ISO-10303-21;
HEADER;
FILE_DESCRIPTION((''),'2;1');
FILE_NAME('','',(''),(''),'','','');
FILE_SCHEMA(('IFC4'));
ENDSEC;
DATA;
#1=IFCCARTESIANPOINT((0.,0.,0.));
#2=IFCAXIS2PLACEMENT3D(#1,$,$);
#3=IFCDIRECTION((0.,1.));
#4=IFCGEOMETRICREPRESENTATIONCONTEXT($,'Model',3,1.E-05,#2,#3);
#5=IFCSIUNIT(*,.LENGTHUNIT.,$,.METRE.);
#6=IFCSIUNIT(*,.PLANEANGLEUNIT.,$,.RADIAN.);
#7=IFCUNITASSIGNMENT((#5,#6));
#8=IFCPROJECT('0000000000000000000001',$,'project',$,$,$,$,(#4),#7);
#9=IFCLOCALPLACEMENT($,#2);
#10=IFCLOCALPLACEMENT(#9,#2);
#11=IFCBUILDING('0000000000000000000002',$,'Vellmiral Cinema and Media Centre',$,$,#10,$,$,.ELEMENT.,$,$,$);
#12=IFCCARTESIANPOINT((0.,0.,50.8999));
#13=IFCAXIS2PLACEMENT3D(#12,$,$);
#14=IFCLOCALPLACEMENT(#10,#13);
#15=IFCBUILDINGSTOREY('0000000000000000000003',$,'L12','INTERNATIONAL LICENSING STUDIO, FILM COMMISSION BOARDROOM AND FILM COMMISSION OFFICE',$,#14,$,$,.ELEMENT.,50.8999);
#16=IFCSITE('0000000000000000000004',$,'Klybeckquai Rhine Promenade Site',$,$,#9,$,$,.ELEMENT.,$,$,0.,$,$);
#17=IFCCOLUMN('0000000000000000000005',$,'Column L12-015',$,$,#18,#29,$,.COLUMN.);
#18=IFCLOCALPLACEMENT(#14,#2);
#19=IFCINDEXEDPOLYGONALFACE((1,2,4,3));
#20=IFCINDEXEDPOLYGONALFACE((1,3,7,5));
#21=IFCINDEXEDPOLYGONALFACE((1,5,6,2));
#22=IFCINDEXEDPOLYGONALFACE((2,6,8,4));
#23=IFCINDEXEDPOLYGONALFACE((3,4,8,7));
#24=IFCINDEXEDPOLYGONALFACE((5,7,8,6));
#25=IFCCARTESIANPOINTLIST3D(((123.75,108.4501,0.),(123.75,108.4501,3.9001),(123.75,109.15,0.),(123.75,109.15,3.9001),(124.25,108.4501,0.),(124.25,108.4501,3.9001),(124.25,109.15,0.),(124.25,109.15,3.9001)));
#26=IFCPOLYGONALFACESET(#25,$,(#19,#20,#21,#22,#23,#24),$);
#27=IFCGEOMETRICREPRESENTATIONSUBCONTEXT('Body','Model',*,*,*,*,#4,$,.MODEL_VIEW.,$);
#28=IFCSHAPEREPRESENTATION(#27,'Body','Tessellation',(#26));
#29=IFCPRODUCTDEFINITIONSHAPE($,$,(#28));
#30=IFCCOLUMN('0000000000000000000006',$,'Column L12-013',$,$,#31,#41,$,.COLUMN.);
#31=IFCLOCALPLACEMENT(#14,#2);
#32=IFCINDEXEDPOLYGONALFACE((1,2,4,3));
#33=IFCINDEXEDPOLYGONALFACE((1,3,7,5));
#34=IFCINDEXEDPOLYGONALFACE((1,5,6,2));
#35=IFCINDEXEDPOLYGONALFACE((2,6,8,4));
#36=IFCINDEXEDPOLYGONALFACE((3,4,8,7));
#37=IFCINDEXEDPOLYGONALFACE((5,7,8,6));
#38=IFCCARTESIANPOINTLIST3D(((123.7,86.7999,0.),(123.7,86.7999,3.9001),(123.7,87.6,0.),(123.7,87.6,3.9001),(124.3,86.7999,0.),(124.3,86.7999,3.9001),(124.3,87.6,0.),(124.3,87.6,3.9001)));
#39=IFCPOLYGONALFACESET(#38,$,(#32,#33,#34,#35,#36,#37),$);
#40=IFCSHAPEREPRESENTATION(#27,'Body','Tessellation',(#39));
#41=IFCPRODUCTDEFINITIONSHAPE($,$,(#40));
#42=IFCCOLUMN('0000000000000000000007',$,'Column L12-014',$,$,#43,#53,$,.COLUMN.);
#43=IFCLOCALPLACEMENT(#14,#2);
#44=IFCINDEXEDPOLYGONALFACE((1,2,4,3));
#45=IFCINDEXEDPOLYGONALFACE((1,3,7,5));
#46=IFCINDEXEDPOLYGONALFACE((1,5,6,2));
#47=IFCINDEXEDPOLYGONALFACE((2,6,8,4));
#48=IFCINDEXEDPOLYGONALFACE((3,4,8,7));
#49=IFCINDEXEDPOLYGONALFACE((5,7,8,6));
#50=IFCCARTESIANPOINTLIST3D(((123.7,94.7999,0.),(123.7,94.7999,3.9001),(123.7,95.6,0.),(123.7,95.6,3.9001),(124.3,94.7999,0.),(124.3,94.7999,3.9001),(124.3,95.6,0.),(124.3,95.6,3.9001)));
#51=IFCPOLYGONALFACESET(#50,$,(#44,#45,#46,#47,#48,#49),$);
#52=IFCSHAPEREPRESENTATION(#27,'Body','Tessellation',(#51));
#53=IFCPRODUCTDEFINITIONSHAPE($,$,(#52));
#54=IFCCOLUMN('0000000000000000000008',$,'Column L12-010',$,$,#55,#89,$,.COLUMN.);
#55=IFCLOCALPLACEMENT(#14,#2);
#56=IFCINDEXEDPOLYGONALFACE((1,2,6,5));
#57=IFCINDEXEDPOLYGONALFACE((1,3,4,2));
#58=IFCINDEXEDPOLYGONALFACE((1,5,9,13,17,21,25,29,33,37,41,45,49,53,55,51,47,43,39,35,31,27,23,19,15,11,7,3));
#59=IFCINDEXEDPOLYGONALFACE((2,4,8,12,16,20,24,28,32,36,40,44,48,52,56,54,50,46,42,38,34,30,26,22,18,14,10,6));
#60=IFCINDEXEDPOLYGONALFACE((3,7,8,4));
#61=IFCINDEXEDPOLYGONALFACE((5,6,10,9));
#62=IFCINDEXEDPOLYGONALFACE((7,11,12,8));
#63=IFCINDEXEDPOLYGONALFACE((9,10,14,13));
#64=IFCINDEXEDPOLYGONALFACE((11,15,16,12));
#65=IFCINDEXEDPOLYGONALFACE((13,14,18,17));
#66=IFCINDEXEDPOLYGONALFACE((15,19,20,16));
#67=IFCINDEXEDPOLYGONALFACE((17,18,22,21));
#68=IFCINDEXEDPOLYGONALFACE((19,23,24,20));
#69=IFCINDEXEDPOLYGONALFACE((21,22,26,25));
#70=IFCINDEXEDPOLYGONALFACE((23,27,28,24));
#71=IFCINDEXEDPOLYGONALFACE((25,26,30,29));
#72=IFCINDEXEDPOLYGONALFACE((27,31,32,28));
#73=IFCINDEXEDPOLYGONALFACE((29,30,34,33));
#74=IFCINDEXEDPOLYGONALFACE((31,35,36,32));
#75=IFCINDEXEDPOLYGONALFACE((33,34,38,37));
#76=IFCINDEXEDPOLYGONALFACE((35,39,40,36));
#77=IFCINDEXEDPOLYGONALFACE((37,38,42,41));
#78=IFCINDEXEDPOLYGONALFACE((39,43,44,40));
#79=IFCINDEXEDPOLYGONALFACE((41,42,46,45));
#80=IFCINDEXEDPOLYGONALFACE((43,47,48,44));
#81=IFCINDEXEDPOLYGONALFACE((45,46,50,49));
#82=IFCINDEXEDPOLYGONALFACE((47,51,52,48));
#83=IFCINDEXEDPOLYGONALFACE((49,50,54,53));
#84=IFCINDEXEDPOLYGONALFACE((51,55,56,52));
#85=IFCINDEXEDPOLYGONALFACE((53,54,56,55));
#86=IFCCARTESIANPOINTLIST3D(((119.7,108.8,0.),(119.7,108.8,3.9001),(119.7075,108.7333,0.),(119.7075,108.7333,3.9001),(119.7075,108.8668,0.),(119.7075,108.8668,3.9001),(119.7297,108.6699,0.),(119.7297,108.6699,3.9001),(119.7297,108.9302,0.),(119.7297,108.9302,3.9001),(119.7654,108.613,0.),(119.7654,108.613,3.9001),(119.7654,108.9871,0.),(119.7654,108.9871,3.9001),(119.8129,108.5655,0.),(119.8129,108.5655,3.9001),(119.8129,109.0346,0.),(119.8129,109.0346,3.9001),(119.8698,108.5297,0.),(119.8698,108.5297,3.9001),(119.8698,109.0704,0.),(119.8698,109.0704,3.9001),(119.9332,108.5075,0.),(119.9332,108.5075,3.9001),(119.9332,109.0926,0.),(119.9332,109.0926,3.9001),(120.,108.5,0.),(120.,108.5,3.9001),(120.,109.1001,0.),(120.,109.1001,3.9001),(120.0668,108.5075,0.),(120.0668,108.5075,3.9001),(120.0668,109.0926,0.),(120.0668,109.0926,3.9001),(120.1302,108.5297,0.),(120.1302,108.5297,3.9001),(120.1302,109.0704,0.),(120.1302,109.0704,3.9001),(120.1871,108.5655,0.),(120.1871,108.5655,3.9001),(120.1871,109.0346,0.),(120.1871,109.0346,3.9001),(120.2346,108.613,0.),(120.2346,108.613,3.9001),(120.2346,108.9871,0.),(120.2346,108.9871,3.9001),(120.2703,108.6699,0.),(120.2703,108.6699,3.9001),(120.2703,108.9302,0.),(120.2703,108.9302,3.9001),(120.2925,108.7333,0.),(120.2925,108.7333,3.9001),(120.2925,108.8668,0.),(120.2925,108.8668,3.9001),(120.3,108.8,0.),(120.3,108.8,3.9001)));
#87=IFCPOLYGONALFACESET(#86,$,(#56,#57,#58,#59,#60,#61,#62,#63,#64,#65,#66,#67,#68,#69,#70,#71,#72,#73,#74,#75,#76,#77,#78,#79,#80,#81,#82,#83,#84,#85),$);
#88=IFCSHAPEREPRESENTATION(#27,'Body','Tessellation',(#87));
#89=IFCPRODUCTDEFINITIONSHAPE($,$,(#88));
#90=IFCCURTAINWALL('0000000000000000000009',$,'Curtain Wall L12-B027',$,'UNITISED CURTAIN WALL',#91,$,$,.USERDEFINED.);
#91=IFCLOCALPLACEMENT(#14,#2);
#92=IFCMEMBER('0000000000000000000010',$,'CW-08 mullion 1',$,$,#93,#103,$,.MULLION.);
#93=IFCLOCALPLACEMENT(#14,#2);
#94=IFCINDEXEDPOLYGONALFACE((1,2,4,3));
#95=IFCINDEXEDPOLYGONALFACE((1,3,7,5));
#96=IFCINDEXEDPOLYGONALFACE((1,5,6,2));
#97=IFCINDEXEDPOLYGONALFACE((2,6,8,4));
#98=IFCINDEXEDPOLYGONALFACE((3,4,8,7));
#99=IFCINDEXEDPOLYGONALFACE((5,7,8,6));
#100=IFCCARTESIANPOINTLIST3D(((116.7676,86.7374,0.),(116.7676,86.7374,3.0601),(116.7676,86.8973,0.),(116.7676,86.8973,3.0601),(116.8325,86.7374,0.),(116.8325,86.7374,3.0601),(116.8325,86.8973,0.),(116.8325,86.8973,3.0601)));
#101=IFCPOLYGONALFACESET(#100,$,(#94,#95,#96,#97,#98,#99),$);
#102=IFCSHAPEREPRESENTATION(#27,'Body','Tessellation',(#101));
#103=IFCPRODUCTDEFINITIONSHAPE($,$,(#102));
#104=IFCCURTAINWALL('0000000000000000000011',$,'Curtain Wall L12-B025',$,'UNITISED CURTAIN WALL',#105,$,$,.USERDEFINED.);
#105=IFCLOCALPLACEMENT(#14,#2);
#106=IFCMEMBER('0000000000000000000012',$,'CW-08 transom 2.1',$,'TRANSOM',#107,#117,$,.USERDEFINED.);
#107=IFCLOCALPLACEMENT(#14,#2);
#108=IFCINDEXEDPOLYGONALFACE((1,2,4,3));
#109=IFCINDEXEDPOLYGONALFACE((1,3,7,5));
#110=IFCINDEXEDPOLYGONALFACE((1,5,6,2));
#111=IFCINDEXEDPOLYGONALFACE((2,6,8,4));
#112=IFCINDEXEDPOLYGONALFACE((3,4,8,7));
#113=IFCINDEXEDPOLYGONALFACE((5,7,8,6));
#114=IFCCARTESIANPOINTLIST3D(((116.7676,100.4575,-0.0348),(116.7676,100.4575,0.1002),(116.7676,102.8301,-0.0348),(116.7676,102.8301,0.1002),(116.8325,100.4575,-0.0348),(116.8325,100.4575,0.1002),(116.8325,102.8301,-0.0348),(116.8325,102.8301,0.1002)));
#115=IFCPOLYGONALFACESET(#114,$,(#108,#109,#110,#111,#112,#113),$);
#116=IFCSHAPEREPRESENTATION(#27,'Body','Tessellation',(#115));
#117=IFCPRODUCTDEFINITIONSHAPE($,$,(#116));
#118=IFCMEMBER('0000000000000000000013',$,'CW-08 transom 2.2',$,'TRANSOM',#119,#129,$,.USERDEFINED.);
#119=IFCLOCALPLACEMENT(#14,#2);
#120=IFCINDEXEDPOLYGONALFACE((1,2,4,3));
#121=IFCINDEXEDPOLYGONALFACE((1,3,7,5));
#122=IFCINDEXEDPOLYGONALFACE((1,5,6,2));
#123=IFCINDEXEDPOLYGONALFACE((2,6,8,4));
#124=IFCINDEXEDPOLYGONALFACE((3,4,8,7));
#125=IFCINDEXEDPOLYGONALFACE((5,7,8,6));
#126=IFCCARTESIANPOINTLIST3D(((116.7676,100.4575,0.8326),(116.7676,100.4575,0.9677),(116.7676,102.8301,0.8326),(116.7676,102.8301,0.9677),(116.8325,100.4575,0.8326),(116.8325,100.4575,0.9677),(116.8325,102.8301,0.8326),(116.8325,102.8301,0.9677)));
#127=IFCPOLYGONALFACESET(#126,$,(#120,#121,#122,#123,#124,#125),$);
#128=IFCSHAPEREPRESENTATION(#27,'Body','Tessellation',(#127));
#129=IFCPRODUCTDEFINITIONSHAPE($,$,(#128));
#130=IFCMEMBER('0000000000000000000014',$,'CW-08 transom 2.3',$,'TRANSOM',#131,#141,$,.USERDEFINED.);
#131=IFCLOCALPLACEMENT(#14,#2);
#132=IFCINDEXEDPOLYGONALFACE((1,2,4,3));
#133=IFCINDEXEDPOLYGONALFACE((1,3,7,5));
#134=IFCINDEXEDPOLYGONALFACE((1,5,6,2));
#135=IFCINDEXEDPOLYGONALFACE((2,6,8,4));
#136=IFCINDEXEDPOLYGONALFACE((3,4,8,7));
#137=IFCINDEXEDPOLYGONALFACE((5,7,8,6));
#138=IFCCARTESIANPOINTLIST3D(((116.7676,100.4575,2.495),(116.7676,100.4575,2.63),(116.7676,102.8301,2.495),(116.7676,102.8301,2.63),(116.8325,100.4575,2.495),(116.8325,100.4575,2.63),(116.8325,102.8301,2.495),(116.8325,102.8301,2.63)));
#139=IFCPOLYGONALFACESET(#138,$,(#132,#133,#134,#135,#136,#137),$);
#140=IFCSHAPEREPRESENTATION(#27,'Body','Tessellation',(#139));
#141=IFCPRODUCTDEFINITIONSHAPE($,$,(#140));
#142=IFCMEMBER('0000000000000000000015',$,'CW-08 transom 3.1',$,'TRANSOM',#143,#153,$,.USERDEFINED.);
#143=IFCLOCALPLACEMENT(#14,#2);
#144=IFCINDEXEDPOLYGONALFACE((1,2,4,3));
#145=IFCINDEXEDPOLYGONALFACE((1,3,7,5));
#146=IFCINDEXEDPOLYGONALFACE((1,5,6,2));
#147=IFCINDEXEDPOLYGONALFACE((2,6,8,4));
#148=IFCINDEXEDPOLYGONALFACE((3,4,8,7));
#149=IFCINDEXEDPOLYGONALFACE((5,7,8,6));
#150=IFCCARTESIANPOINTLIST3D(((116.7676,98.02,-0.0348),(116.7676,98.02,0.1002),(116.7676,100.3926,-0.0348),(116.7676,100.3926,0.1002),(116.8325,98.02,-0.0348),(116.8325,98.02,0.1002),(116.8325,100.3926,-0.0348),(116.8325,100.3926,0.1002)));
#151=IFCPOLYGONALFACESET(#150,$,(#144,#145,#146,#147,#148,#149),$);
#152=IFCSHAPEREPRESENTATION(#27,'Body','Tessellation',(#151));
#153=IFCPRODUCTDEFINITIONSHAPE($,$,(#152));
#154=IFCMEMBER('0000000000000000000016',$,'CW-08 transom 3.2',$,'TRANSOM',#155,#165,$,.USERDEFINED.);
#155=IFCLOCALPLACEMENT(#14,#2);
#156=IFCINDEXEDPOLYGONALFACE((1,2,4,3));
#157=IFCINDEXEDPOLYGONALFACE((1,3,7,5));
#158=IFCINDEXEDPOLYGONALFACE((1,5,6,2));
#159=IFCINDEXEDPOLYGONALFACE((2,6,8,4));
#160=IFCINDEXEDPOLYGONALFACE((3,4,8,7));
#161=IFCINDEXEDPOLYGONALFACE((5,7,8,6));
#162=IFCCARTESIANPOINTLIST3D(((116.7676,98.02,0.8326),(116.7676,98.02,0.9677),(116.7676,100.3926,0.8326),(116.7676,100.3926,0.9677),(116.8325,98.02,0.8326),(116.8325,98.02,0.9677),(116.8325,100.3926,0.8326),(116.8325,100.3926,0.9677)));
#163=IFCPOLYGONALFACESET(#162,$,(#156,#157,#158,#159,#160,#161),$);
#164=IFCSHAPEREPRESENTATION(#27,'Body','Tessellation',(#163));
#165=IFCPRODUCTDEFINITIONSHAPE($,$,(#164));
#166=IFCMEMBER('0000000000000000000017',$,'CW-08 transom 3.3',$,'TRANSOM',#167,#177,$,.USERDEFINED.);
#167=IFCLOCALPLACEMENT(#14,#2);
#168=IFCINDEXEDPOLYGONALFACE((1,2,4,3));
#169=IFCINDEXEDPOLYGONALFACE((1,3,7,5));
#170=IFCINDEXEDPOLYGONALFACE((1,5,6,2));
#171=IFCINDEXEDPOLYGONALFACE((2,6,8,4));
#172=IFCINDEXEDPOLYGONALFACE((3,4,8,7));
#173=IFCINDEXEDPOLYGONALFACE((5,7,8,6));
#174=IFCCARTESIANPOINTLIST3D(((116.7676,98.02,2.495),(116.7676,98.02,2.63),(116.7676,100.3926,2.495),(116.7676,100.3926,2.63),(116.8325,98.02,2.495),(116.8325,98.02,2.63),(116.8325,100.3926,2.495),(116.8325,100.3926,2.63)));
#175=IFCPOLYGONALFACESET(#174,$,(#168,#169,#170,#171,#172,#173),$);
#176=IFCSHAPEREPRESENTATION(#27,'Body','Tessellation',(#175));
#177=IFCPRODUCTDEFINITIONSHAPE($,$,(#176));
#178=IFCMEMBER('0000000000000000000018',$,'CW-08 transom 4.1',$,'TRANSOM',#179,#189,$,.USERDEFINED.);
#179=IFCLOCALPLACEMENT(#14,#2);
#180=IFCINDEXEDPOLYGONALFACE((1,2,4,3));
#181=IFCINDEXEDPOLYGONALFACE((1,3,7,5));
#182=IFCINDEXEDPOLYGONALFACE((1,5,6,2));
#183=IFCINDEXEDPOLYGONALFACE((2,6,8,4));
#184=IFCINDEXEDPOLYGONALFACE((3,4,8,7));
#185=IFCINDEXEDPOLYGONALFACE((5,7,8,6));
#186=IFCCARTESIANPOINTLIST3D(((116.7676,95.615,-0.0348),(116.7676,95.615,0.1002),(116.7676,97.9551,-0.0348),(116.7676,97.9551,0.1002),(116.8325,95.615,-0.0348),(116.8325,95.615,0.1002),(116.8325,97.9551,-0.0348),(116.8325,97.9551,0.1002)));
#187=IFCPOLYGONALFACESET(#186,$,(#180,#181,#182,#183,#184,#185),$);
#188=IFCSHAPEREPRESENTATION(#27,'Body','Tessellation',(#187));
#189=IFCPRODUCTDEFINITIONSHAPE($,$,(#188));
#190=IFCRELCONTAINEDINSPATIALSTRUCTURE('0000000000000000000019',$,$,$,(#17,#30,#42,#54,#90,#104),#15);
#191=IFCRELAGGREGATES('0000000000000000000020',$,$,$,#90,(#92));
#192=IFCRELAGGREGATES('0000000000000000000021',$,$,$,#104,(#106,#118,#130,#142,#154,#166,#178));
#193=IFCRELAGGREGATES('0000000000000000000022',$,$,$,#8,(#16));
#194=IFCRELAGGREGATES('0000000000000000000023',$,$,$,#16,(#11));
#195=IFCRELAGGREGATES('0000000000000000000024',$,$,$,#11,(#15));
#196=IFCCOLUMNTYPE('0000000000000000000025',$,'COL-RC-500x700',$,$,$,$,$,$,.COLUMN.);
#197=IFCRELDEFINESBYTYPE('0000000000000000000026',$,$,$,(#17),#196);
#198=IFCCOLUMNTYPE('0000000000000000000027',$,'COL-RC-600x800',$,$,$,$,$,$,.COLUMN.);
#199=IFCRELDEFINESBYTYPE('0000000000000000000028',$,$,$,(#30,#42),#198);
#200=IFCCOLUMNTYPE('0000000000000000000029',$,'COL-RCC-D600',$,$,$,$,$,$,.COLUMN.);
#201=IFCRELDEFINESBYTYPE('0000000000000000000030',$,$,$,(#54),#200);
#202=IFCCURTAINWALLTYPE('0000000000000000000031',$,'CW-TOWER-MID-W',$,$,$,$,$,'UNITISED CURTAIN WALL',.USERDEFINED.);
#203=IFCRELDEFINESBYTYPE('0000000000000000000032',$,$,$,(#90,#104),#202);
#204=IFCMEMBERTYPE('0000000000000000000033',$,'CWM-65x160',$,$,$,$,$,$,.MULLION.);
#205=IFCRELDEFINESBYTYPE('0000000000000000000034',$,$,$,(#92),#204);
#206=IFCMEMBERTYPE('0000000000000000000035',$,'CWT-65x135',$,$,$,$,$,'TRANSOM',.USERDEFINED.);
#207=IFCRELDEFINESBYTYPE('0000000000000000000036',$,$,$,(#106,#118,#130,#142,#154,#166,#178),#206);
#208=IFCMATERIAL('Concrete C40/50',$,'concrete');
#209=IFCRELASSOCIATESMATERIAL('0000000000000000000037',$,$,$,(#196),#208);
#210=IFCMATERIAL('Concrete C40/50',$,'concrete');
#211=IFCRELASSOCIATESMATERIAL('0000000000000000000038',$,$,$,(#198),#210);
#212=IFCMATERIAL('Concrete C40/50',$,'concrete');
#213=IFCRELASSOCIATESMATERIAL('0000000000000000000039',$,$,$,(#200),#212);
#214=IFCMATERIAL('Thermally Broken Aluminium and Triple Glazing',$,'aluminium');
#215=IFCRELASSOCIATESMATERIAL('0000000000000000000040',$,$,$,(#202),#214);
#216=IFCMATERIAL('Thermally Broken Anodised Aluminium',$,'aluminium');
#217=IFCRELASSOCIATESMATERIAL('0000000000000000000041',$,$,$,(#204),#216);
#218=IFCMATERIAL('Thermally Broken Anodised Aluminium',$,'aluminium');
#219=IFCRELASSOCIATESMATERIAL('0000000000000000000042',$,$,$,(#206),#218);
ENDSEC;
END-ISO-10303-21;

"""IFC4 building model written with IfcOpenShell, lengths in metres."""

from ifc_helpers import new_model, si_unit, direction, frame, origin, origin_2d, place, context, subcontext, project, spatial, rectangle, circle, extrude, material, material_profile, profile_set, type_object, element, aggregate, save


model = new_model("IFC4")

# Units and contexts
model_context = context("Model", 3, precision=1e-05, world=origin(), true_north=direction((0.0, 1.0)))
body_context = subcontext(model_context, "Body", "Model", "MODEL_VIEW")
ifc_project = project(units=[si_unit("LENGTHUNIT", "METRE"), si_unit("PLANEANGLEUNIT", "RADIAN")], contexts=[model_context])

# Site, building, storey
site_placement = place(None, origin())
site = spatial("IfcSite", under=ifc_project, at=site_placement, Name="Klybeckquai Rhine Promenade Site", CompositionType="ELEMENT", RefElevation=0.0)
building_placement = place(site_placement, origin())
building = spatial("IfcBuilding", under=site, at=building_placement, Name="Vellmiral Cinema and Media Centre", CompositionType="ELEMENT")
storey_placement = place(building_placement, frame((0.0, 0.0, 50.8999)))
storey = spatial("IfcBuildingStorey", under=building, at=storey_placement, Name="L12", Description="INTERNATIONAL LICENSING STUDIO, FILM COMMISSION BOARDROOM AND FILM COMMISSION OFFICE", CompositionType="ELEMENT", Elevation=50.8999)

# Columns
ifc_material_1 = material(Name="Concrete C40/50", Category="concrete")
ifc_material_profile_1 = material_profile(ifc_material_1, rectangle(XDim=0.5, YDim=0.7, at=origin_2d()), Name="RC 500x700")
ifc_profile_set_1 = profile_set([ifc_material_profile_1], Name="Concrete C40/50")
column_type_1 = type_object("IfcColumnType", Name="COL-RC-500x700", PredefinedType="COLUMN", material=ifc_profile_set_1)
column_1_placement = place(storey_placement, frame((124.0, 108.8, 0.0), z_axis=(0.0, 0.0, 1.0), x_axis=(1.0, 0.0, 0.0)))
element("IfcColumn", 1, at=column_1_placement, inside=storey, type_object=column_type_1, Name="Column L12-015", PredefinedType="COLUMN", context=body_context, shape_type="SweptSolid", body=[
    extrude(rectangle(XDim=0.5, YDim=0.7, at=origin_2d()), origin(), (0.0, 0.0, 1.0), 3.9001),
])
ifc_material_2 = material(Name="Concrete C40/50", Category="concrete")
ifc_material_profile_2 = material_profile(ifc_material_2, rectangle(XDim=0.6001, YDim=0.8, at=origin_2d()), Name="RC 600x800")
ifc_profile_set_2 = profile_set([ifc_material_profile_2], Name="Concrete C40/50")
column_type_2 = type_object("IfcColumnType", Name="COL-RC-600x800", PredefinedType="COLUMN", material=ifc_profile_set_2)
for number, where, z_axis, x_axis, name in (
    (2, (124.0, 87.2, 0.0), (0.0, 0.0, 1.0), (1.0, 0.0, 0.0), "Column L12-013"),
    (3, (124.0, 95.2, 0.0), (0.0, 0.0, 1.0), (1.0, 0.0, 0.0), "Column L12-014"),
):
    element("IfcColumn", number, at=place(storey_placement, frame(where, z_axis=z_axis, x_axis=x_axis)), inside=storey, type_object=column_type_2, Name=name, PredefinedType="COLUMN", context=body_context, shape_type="SweptSolid", body=[
        extrude(rectangle(XDim=0.6001, YDim=0.8, at=origin_2d()), origin(), (0.0, 0.0, 1.0), 3.9001),
    ])
ifc_material_3 = material(Name="Concrete C40/50", Category="concrete")
ifc_material_profile_3 = material_profile(ifc_material_3, circle(Radius=0.3, at=origin_2d()), Name="RC D600")
ifc_profile_set_3 = profile_set([ifc_material_profile_3], Name="Concrete C40/50")
column_type_3 = type_object("IfcColumnType", Name="COL-RCC-D600", PredefinedType="COLUMN", material=ifc_profile_set_3)
column_2_placement = place(storey_placement, frame((120.0, 108.8, 0.0), z_axis=(0.0, 0.0, 1.0), x_axis=(1.0, 0.0, 0.0)))
element("IfcColumn", 4, at=column_2_placement, inside=storey, type_object=column_type_3, Name="Column L12-010", PredefinedType="COLUMN", context=body_context, shape_type="SweptSolid", body=[
    extrude(circle(Radius=0.3, at=origin_2d()), origin(), (0.0, 0.0, 1.0), 3.9001),
])

# Curtain wall, member
ifc_material_4 = material(Name="Thermally Broken Aluminium and Triple Glazing", Category="aluminium")
curtain_wall_type = type_object("IfcCurtainWallType", Name="CW-TOWER-MID-W", ElementType="UNITISED CURTAIN WALL", PredefinedType="USERDEFINED", material=ifc_material_4)
curtain_wall_1_placement = place(storey_placement, origin())
curtain_wall_1 = element("IfcCurtainWall", 5, at=curtain_wall_1_placement, inside=storey, type_object=curtain_wall_type, Name="Curtain Wall L12-B027", ObjectType="UNITISED CURTAIN WALL", PredefinedType="USERDEFINED")
ifc_material_5 = material(Name="Thermally Broken Anodised Aluminium", Category="aluminium")
ifc_material_profile_4 = material_profile(ifc_material_5, rectangle(XDim=0.0649, YDim=0.1599, at=origin_2d()), Name="MULL 65x160")
ifc_profile_set_4 = profile_set([ifc_material_profile_4], Name="Thermally Broken Anodised Aluminium")
member_type_1 = type_object("IfcMemberType", Name="CWM-65x160", PredefinedType="MULLION", material=ifc_profile_set_4)
member_1_placement = place(storey_placement, frame((116.8, 86.8174, 0.0), z_axis=(0.0, 0.0, 1.0), x_axis=(1.0, 0.0, 0.0)))
member_1 = element("IfcMember", 6, at=member_1_placement, type_object=member_type_1, Name="CW-08 mullion 1", PredefinedType="MULLION", context=body_context, shape_type="SweptSolid", body=[
    extrude(rectangle(XDim=0.0649, YDim=0.1599, at=origin_2d()), origin(), (0.0, 0.0, 1.0), 3.0601),
])

# Curtain wall, members
curtain_wall_2_placement = place(storey_placement, origin())
curtain_wall_2 = element("IfcCurtainWall", 7, at=curtain_wall_2_placement, inside=storey, type_object=curtain_wall_type, Name="Curtain Wall L12-B025", ObjectType="UNITISED CURTAIN WALL", PredefinedType="USERDEFINED")
ifc_material_6 = material(Name="Thermally Broken Anodised Aluminium", Category="aluminium")
ifc_material_profile_5 = material_profile(ifc_material_6, rectangle(XDim=0.0649, YDim=0.135, at=origin_2d()), Name="MULL 65x135")
ifc_profile_set_5 = profile_set([ifc_material_profile_5], Name="Thermally Broken Anodised Aluminium")
member_type_2 = type_object("IfcMemberType", Name="CWT-65x135", ElementType="TRANSOM", PredefinedType="USERDEFINED", material=ifc_profile_set_5)
member_2_placement = place(storey_placement, frame((116.8, 102.8301, 0.0327), z_axis=(0.0, -1.0, 0.0), x_axis=(1.0, 0.0, 0.0)))
member_2 = element("IfcMember", 8, at=member_2_placement, type_object=member_type_2, Name="CW-08 transom 2.1", ObjectType="TRANSOM", PredefinedType="USERDEFINED", context=body_context, shape_type="SweptSolid", body=[
    extrude(rectangle(XDim=0.0649, YDim=0.135, at=origin_2d()), origin(), (0.0, 0.0, 1.0), 2.3726),
])
member_3_placement = place(storey_placement, frame((116.8, 102.8301, 0.9001), z_axis=(0.0, -1.0, 0.0), x_axis=(1.0, 0.0, 0.0)))
member_3 = element("IfcMember", 9, at=member_3_placement, type_object=member_type_2, Name="CW-08 transom 2.2", ObjectType="TRANSOM", PredefinedType="USERDEFINED", context=body_context, shape_type="SweptSolid", body=[
    extrude(rectangle(XDim=0.0649, YDim=0.135, at=origin_2d()), origin(), (0.0, 0.0, 1.0), 2.3726),
])
member_4_placement = place(storey_placement, frame((116.8, 102.8301, 2.5625), z_axis=(0.0, -1.0, 0.0), x_axis=(1.0, 0.0, 0.0)))
member_4 = element("IfcMember", 10, at=member_4_placement, type_object=member_type_2, Name="CW-08 transom 2.3", ObjectType="TRANSOM", PredefinedType="USERDEFINED", context=body_context, shape_type="SweptSolid", body=[
    extrude(rectangle(XDim=0.0649, YDim=0.135, at=origin_2d()), origin(), (0.0, 0.0, 1.0), 2.3726),
])
member_5_placement = place(storey_placement, frame((116.8, 100.3926, 0.0327), z_axis=(0.0, -1.0, 0.0), x_axis=(1.0, 0.0, 0.0)))
member_5 = element("IfcMember", 11, at=member_5_placement, type_object=member_type_2, Name="CW-08 transom 3.1", ObjectType="TRANSOM", PredefinedType="USERDEFINED", context=body_context, shape_type="SweptSolid", body=[
    extrude(rectangle(XDim=0.0649, YDim=0.135, at=origin_2d()), origin(), (0.0, 0.0, 1.0), 2.3726),
])
member_6_placement = place(storey_placement, frame((116.8, 100.3926, 0.9001), z_axis=(0.0, -1.0, 0.0), x_axis=(1.0, 0.0, 0.0)))
member_6 = element("IfcMember", 12, at=member_6_placement, type_object=member_type_2, Name="CW-08 transom 3.2", ObjectType="TRANSOM", PredefinedType="USERDEFINED", context=body_context, shape_type="SweptSolid", body=[
    extrude(rectangle(XDim=0.0649, YDim=0.135, at=origin_2d()), origin(), (0.0, 0.0, 1.0), 2.3726),
])
member_7_placement = place(storey_placement, frame((116.8, 100.3926, 2.5625), z_axis=(0.0, -1.0, 0.0), x_axis=(1.0, 0.0, 0.0)))
member_7 = element("IfcMember", 13, at=member_7_placement, type_object=member_type_2, Name="CW-08 transom 3.3", ObjectType="TRANSOM", PredefinedType="USERDEFINED", context=body_context, shape_type="SweptSolid", body=[
    extrude(rectangle(XDim=0.0649, YDim=0.135, at=origin_2d()), origin(), (0.0, 0.0, 1.0), 2.3726),
])
member_8_placement = place(storey_placement, frame((116.8, 97.9551, 0.0327), z_axis=(0.0, -1.0, 0.0), x_axis=(1.0, 0.0, 0.0)))
member_8 = element("IfcMember", 14, at=member_8_placement, type_object=member_type_2, Name="CW-08 transom 4.1", ObjectType="TRANSOM", PredefinedType="USERDEFINED", context=body_context, shape_type="SweptSolid", body=[
    extrude(rectangle(XDim=0.0649, YDim=0.135, at=origin_2d()), origin(), (0.0, 0.0, 1.0), 2.3401),
])

aggregate(curtain_wall_1, [member_1])

aggregate(curtain_wall_2, [member_2, member_3, member_4, member_5, member_6, member_7, member_8])

save(model, "model.ifc")
